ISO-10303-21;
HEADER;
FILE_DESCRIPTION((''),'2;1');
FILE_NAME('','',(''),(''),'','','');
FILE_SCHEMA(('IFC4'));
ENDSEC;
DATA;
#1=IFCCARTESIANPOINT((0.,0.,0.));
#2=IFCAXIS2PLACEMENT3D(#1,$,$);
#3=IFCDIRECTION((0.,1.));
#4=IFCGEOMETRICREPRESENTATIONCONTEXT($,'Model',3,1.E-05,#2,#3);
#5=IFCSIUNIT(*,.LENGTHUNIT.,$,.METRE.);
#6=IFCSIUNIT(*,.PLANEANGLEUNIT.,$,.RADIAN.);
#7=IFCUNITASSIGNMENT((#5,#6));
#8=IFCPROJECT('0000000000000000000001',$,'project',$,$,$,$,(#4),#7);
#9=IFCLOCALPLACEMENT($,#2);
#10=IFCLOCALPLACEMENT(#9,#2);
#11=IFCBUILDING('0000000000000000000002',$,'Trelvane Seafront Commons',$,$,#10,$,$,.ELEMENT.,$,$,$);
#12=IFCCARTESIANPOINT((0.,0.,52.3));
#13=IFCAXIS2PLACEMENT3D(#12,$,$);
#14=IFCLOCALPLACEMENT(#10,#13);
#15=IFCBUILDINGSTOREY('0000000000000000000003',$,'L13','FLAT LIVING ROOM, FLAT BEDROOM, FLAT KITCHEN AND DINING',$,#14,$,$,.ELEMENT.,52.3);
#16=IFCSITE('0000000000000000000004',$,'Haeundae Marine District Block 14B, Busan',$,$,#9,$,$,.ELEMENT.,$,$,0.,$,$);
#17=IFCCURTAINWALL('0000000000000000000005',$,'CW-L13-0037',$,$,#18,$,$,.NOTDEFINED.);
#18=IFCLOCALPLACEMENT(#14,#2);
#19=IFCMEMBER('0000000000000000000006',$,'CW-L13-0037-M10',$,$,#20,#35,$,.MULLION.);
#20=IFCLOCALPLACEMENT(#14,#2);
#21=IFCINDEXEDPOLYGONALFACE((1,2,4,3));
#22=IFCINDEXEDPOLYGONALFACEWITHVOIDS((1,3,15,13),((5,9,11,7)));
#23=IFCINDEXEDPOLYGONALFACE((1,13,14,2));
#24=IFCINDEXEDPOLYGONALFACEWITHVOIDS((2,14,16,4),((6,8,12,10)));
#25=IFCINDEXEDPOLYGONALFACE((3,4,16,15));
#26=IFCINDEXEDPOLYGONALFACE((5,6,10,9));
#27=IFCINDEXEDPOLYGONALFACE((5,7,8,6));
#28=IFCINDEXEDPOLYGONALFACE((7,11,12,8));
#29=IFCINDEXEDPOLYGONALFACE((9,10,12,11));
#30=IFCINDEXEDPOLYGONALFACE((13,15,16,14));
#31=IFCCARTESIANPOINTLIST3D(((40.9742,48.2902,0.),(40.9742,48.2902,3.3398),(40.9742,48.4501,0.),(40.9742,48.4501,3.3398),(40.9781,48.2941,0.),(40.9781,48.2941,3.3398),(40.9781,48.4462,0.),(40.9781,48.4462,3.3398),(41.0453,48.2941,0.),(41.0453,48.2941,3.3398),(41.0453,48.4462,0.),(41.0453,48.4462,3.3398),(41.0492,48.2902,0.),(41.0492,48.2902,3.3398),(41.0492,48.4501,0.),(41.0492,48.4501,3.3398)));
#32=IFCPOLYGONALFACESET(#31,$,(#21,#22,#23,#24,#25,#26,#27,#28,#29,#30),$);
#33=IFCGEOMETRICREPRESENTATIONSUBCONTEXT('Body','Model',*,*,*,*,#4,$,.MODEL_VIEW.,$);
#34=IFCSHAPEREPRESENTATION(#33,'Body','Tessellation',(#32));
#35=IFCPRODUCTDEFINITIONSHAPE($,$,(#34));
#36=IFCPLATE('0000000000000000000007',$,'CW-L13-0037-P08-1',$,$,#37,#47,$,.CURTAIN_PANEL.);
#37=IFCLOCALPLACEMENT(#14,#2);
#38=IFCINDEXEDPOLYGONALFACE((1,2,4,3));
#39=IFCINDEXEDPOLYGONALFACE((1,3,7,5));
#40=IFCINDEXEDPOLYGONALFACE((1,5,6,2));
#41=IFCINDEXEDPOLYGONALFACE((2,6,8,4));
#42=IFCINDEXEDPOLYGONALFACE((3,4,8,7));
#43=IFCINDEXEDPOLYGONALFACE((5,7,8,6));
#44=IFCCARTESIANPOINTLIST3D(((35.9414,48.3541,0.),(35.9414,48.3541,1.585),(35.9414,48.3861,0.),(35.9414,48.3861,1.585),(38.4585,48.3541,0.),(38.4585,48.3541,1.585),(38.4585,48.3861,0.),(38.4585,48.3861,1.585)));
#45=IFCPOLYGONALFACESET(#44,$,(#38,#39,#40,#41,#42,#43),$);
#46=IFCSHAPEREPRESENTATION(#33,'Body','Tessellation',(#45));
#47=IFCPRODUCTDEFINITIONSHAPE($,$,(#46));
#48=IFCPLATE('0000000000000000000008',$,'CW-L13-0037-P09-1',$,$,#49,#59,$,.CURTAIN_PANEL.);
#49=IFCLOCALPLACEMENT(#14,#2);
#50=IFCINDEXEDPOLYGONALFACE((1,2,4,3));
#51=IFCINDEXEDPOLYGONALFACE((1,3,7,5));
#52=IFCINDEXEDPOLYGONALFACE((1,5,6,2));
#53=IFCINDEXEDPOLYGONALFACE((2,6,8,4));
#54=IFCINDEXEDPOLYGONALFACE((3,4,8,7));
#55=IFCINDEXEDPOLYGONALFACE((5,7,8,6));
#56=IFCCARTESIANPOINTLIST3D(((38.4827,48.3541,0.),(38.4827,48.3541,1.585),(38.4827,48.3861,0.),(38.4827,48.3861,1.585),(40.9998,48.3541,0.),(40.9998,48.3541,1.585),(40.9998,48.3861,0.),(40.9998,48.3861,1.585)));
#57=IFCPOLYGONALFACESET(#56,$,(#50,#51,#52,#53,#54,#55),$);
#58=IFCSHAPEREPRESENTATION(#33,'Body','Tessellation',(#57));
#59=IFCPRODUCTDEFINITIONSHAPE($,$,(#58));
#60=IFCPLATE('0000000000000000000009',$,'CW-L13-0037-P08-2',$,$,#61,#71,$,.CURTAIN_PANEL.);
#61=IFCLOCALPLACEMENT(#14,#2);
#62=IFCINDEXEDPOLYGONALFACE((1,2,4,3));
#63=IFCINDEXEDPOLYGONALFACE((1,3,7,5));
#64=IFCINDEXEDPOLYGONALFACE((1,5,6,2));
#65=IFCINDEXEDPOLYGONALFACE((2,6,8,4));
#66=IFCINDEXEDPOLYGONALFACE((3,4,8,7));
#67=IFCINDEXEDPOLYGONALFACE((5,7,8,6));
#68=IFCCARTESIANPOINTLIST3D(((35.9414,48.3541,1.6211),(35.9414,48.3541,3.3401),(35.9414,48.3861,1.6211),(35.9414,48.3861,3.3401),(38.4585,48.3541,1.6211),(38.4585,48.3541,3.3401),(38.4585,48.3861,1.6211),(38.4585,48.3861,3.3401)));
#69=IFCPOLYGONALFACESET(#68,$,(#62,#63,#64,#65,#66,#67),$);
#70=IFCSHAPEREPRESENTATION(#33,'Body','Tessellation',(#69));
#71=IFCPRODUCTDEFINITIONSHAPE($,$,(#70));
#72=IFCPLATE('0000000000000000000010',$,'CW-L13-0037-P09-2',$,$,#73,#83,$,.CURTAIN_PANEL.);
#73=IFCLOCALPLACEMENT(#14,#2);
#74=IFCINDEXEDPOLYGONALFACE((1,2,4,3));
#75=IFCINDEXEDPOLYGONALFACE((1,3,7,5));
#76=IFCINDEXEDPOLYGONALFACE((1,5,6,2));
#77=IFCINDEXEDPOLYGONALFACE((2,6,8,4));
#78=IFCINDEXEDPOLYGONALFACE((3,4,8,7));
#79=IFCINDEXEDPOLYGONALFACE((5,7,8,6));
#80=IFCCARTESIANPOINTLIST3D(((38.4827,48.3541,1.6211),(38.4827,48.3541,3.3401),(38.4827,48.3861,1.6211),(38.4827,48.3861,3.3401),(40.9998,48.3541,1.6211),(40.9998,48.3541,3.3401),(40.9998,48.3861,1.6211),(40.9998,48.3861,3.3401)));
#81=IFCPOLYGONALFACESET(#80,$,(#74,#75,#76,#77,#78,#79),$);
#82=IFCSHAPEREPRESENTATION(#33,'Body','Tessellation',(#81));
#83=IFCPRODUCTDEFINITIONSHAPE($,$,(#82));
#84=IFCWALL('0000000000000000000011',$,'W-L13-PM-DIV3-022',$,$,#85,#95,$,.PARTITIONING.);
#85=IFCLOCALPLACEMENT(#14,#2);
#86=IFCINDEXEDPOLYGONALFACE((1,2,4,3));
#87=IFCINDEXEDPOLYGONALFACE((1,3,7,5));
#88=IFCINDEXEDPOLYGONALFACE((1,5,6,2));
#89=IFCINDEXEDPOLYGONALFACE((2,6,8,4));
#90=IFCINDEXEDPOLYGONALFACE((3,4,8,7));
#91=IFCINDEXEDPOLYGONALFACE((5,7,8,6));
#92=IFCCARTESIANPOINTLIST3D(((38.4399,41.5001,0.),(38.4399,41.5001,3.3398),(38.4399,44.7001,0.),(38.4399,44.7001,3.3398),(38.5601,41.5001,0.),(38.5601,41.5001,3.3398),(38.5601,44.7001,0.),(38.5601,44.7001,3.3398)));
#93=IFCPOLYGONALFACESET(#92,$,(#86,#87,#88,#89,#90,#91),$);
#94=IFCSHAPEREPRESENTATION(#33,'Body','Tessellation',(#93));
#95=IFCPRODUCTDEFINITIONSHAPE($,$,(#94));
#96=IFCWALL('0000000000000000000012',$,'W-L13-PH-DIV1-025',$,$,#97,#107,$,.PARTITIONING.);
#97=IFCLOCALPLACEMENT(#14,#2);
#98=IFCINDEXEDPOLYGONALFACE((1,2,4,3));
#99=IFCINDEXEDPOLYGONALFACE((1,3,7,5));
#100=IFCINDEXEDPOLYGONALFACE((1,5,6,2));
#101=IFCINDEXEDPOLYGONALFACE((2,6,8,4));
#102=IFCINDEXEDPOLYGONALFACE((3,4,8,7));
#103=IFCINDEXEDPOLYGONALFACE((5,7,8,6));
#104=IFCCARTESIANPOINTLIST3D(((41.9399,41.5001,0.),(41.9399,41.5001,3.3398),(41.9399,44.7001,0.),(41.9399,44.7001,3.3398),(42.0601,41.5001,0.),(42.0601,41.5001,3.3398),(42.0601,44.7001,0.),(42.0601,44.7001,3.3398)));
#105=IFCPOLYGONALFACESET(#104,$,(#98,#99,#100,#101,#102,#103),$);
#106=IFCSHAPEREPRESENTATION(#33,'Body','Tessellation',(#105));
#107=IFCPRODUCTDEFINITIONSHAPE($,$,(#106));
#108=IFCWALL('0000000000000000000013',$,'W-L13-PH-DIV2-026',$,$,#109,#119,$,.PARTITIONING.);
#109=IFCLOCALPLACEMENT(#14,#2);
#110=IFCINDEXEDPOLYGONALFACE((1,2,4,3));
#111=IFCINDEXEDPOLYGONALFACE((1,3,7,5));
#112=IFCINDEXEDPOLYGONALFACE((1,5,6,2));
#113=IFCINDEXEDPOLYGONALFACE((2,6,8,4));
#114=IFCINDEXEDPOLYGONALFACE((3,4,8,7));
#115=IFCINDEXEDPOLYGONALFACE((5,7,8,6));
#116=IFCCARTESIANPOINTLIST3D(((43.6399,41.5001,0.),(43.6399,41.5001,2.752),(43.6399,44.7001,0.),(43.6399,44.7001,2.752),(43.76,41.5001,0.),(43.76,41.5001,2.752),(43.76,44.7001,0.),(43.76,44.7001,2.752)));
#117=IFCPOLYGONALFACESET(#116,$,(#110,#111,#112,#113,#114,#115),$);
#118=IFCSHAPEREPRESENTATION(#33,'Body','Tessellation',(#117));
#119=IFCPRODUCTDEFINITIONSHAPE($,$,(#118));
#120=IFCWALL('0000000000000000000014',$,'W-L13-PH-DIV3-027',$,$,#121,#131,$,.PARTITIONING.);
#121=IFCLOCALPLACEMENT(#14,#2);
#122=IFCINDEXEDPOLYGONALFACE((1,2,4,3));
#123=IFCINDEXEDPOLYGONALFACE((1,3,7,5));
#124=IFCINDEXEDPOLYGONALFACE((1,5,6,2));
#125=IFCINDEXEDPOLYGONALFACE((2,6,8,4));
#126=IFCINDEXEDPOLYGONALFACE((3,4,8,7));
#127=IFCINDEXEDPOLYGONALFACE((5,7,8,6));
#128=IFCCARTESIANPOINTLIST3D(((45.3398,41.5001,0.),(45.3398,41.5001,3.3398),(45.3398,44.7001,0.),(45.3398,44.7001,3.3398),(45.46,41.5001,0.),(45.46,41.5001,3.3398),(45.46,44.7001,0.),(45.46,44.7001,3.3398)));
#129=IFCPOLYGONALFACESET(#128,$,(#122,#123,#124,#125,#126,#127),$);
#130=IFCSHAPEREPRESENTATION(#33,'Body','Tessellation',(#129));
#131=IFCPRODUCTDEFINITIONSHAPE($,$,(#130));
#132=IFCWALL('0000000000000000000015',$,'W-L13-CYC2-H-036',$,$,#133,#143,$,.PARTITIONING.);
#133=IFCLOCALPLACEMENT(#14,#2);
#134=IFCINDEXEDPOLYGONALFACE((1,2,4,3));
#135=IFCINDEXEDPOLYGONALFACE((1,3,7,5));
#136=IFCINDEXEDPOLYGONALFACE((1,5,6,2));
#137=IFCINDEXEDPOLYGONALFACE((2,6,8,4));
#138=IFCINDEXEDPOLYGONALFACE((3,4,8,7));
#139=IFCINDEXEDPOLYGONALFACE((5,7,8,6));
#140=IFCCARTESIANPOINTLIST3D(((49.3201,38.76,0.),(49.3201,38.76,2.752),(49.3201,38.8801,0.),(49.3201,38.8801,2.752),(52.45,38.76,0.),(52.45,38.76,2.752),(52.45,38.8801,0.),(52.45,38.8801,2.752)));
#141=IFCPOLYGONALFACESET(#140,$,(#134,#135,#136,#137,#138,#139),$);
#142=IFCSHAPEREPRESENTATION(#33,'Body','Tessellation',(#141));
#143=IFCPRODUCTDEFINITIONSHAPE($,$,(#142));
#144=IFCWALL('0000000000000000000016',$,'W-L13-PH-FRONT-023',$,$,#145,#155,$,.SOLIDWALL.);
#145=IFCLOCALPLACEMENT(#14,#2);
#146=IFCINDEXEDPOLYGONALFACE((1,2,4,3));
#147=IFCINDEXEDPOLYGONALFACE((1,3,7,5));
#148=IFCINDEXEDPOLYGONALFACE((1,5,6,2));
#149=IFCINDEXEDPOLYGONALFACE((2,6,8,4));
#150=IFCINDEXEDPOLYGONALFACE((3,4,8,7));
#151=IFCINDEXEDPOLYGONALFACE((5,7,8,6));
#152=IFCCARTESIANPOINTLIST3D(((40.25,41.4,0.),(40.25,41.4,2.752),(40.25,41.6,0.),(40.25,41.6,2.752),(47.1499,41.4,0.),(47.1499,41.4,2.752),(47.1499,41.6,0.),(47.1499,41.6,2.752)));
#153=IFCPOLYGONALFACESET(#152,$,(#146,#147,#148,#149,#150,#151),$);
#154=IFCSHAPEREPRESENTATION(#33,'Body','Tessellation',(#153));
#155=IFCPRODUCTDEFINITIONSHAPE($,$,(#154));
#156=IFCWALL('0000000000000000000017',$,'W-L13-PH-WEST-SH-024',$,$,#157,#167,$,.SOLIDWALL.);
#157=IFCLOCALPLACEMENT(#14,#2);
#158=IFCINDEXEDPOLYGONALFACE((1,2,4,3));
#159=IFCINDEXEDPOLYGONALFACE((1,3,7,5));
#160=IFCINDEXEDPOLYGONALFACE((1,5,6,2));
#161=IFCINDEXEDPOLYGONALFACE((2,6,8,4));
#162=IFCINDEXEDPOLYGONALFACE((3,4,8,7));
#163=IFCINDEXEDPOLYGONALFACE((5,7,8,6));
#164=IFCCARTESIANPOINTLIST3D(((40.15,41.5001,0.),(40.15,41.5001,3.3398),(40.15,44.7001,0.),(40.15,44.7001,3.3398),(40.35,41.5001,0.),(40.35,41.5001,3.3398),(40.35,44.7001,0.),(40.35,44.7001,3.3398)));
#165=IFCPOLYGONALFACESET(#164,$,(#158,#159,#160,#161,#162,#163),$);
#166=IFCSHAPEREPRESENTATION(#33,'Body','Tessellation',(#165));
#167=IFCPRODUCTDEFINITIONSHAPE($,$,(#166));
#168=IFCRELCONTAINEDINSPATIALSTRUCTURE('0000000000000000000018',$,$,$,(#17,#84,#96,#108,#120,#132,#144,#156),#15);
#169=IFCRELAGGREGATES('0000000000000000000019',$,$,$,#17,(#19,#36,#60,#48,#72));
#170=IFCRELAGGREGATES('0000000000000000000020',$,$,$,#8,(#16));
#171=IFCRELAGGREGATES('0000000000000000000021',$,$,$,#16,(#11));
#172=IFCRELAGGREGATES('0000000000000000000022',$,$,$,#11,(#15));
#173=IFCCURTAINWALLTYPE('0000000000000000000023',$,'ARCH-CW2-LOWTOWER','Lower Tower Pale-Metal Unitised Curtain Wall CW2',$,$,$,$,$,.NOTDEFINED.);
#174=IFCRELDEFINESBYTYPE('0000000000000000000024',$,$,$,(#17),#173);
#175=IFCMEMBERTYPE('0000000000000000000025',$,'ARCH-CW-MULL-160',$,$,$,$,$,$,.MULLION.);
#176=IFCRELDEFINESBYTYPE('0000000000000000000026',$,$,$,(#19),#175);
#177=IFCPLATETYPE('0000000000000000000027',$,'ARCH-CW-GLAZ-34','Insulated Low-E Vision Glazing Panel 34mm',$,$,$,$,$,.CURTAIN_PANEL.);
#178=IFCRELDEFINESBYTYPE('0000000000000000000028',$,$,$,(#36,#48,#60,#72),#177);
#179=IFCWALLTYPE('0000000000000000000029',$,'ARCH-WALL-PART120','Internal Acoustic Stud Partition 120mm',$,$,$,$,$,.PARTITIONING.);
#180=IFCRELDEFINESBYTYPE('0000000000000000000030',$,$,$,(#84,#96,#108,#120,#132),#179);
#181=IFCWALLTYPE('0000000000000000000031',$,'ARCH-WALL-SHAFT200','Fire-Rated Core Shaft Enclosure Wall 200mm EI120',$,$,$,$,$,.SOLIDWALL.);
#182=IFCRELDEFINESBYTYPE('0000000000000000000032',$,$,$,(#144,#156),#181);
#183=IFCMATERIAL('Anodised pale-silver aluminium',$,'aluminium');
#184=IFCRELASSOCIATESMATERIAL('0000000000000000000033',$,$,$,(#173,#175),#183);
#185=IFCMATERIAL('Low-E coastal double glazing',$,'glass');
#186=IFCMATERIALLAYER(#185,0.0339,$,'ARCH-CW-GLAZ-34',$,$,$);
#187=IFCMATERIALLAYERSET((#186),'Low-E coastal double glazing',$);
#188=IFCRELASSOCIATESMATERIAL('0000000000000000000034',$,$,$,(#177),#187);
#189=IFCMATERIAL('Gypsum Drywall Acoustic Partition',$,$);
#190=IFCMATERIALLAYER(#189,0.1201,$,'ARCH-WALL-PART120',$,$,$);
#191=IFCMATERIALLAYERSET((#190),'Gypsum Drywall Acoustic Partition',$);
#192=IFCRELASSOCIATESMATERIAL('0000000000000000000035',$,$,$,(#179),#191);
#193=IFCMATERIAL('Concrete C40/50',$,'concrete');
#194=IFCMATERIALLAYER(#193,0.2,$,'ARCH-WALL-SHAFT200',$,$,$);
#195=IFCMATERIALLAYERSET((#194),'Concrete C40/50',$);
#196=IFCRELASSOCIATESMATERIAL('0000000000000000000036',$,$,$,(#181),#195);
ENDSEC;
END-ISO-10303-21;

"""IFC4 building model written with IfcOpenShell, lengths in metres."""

from ifc_helpers import new_model, si_unit, direction, frame, frame_2d, origin, origin_2d, place, context, subcontext, project, spatial, rectangle, hollow_rectangle, extrude, source, transform, mapped, material, layer, layer_set, material_profile, profile_set, type_object, element, aggregate, save


model = new_model("IFC4")

# Units and contexts
model_context = context("Model", 3, precision=1e-05, world=origin(), true_north=direction((0.0, 1.0)))
body_context = subcontext(model_context, "Body", "Model", "MODEL_VIEW")
ifc_project = project(units=[si_unit("LENGTHUNIT", "METRE"), si_unit("PLANEANGLEUNIT", "RADIAN")], contexts=[model_context])

# Site, building, storey
site_placement = place(None, origin())
site = spatial("IfcSite", under=ifc_project, at=site_placement, Name="Haeundae Marine District Block 14B, Busan", CompositionType="ELEMENT", RefElevation=0.0)
building_placement = place(site_placement, origin())
building = spatial("IfcBuilding", under=site, at=building_placement, Name="Trelvane Seafront Commons", CompositionType="ELEMENT")
storey_placement = place(building_placement, frame((0.0, 0.0, 52.3)))
storey = spatial("IfcBuildingStorey", under=building, at=storey_placement, Name="L13", Description="FLAT LIVING ROOM, FLAT BEDROOM, FLAT KITCHEN AND DINING", CompositionType="ELEMENT", Elevation=52.3)

# Curtain wall, member, plates
ifc_material_1 = material(Name="Anodised pale-silver aluminium", Category="aluminium")
curtain_wall_type = type_object("IfcCurtainWallType", Name="ARCH-CW2-LOWTOWER", Description="Lower Tower Pale-Metal Unitised Curtain Wall CW2", PredefinedType="NOTDEFINED", material=ifc_material_1)
curtain_wall_placement = place(storey_placement, origin())
curtain_wall = element("IfcCurtainWall", 1, at=curtain_wall_placement, inside=storey, type_object=curtain_wall_type, Name="CW-L13-0037", PredefinedType="NOTDEFINED")
ifc_material_profile_1 = material_profile(ifc_material_1, hollow_rectangle(XDim=0.075, YDim=0.1599, WallThickness=0.0039, at=origin_2d()), Name="MULL-75x160x4")
ifc_profile_set_1 = profile_set([ifc_material_profile_1], Name="Anodised pale-silver aluminium")
member_type_1 = type_object("IfcMemberType", Name="ARCH-CW-MULL-160", PredefinedType="MULLION", material=ifc_profile_set_1)
shared_shape_1 = source(origin(), body_context, "Body", "SweptSolid", [
    extrude(hollow_rectangle(XDim=0.075, YDim=0.1599, WallThickness=0.0039, at=origin_2d()), origin(), (0.0, 0.0, 1.0), 3.3398),
])
member_1_placement = place(storey_placement, frame((41.0117, 48.3701, 0.0), z_axis=(0.0, 0.0, 1.0), x_axis=(1.0, 0.0, 0.0)))
member_1 = element("IfcMember", 2, at=member_1_placement, type_object=member_type_1, Name="CW-L13-0037-M10", PredefinedType="MULLION", context=body_context, shape_type="MappedRepresentation", body=[
    mapped(shared_shape_1, transform((0.0, 0.0, 0.0), x_axis=(1.0, 0.0, 0.0), y_axis=(0.0, 1.0, 0.0), z_axis=(0.0, 0.0, 1.0), scale=1.0)),
])
ifc_material_2 = material(Name="Low-E coastal double glazing", Category="glass")
ifc_layer_1 = layer(ifc_material_2, 0.0339, Name="ARCH-CW-GLAZ-34")
ifc_layer_set_1 = layer_set([ifc_layer_1], Name="Low-E coastal double glazing")
plate_type = type_object("IfcPlateType", Name="ARCH-CW-GLAZ-34", Description="Insulated Low-E Vision Glazing Panel 34mm", PredefinedType="CURTAIN_PANEL", material=ifc_layer_set_1)
shared_shape_2 = source(origin(), body_context, "Body", "SweptSolid", [
    extrude(rectangle(XDim=2.5171, YDim=0.032, at=origin_2d()), origin(), (0.0, 0.0, 1.0), 1.585),
])
plate_1_placement = place(storey_placement, frame((37.2, 48.3701, 0.0), z_axis=(0.0, 0.0, 1.0), x_axis=(1.0, 0.0, 0.0)))
plate_1 = element("IfcPlate", 3, at=plate_1_placement, type_object=plate_type, Name="CW-L13-0037-P08-1", PredefinedType="CURTAIN_PANEL", context=body_context, shape_type="MappedRepresentation", body=[
    mapped(shared_shape_2, transform((0.0, 0.0, 0.0), x_axis=(1.0, 0.0, 0.0), y_axis=(0.0, 1.0, 0.0), z_axis=(0.0, 0.0, 1.0), scale=1.0)),
])
plate_2_placement = place(storey_placement, frame((39.7412, 48.3701, 0.0), z_axis=(0.0, 0.0, 1.0), x_axis=(1.0, 0.0, 0.0)))
plate_2 = element("IfcPlate", 4, at=plate_2_placement, type_object=plate_type, Name="CW-L13-0037-P09-1", PredefinedType="CURTAIN_PANEL", context=body_context, shape_type="MappedRepresentation", body=[
    mapped(shared_shape_2, transform((0.0, 0.0, 0.0), x_axis=(1.0, 0.0, 0.0), y_axis=(0.0, 1.0, 0.0), z_axis=(0.0, 0.0, 1.0), scale=1.0)),
])
shared_shape_3 = source(origin(), body_context, "Body", "SweptSolid", [
    extrude(rectangle(XDim=2.5171, YDim=0.032, at=origin_2d()), origin(), (0.0, 0.0, 1.0), 1.719),
])
plate_3_placement = place(storey_placement, frame((37.2, 48.3701, 1.6211), z_axis=(0.0, 0.0, 1.0), x_axis=(1.0, 0.0, 0.0)))
plate_3 = element("IfcPlate", 5, at=plate_3_placement, type_object=plate_type, Name="CW-L13-0037-P08-2", PredefinedType="CURTAIN_PANEL", context=body_context, shape_type="MappedRepresentation", body=[
    mapped(shared_shape_3, transform((0.0, 0.0, 0.0), x_axis=(1.0, 0.0, 0.0), y_axis=(0.0, 1.0, 0.0), z_axis=(0.0, 0.0, 1.0), scale=1.0)),
])
plate_4_placement = place(storey_placement, frame((39.7412, 48.3701, 1.6211), z_axis=(0.0, 0.0, 1.0), x_axis=(1.0, 0.0, 0.0)))
plate_4 = element("IfcPlate", 6, at=plate_4_placement, type_object=plate_type, Name="CW-L13-0037-P09-2", PredefinedType="CURTAIN_PANEL", context=body_context, shape_type="MappedRepresentation", body=[
    mapped(shared_shape_3, transform((0.0, 0.0, 0.0), x_axis=(1.0, 0.0, 0.0), y_axis=(0.0, 1.0, 0.0), z_axis=(0.0, 0.0, 1.0), scale=1.0)),
])
aggregate(curtain_wall, [member_1, plate_1, plate_3, plate_2, plate_4])

# Walls
ifc_material_3 = material(Name="Gypsum Drywall Acoustic Partition")
ifc_layer_2 = layer(ifc_material_3, 0.1201, Name="ARCH-WALL-PART120")
ifc_layer_set_2 = layer_set([ifc_layer_2], Name="Gypsum Drywall Acoustic Partition")
wall_type_1 = type_object("IfcWallType", Name="ARCH-WALL-PART120", Description="Internal Acoustic Stud Partition 120mm", PredefinedType="PARTITIONING", material=ifc_layer_set_2)
for number, where, z_axis, x_axis, name in (
    (7, (38.5, 41.5, 0.0), (0.0, 0.0, 1.0), (0.0, 1.0, 0.0), "W-L13-PM-DIV3-022"),
    (8, (42.0, 41.5, 0.0), (0.0, 0.0, 1.0), (0.0, 1.0, 0.0), "W-L13-PH-DIV1-025"),
):
    element("IfcWall", number, at=place(storey_placement, frame(where, z_axis=z_axis, x_axis=x_axis)), inside=storey, type_object=wall_type_1, Name=name, PredefinedType="PARTITIONING", context=body_context, shape_type="SweptSolid", body=[
        extrude(rectangle(XDim=3.2, YDim=0.1201, at=frame_2d((1.6001, 0.0))), origin(), (0.0, 0.0, 1.0), 3.3398),
    ])
wall_1_placement = place(storey_placement, frame((43.7, 41.5, 0.0), z_axis=(0.0, 0.0, 1.0), x_axis=(0.0, 1.0, 0.0)))
element("IfcWall", 9, at=wall_1_placement, inside=storey, type_object=wall_type_1, Name="W-L13-PH-DIV2-026", PredefinedType="PARTITIONING", context=body_context, shape_type="SweptSolid", body=[
    extrude(rectangle(XDim=3.2, YDim=0.1201, at=frame_2d((1.6001, 0.0))), origin(), (0.0, 0.0, 1.0), 2.752),
])
wall_2_placement = place(storey_placement, frame((45.3999, 41.5, 0.0), z_axis=(0.0, 0.0, 1.0), x_axis=(0.0, 1.0, 0.0)))
element("IfcWall", 10, at=wall_2_placement, inside=storey, type_object=wall_type_1, Name="W-L13-PH-DIV3-027", PredefinedType="PARTITIONING", context=body_context, shape_type="SweptSolid", body=[
    extrude(rectangle(XDim=3.2, YDim=0.1201, at=frame_2d((1.6001, 0.0))), origin(), (0.0, 0.0, 1.0), 3.3398),
])
wall_3_placement = place(storey_placement, frame((49.3201, 38.8201, 0.0), z_axis=(0.0, 0.0, 1.0), x_axis=(1.0, 0.0, 0.0)))
element("IfcWall", 11, at=wall_3_placement, inside=storey, type_object=wall_type_1, Name="W-L13-CYC2-H-036", PredefinedType="PARTITIONING", context=body_context, shape_type="SweptSolid", body=[
    extrude(rectangle(XDim=3.1299, YDim=0.1201, at=frame_2d((1.5649, 0.0))), origin(), (0.0, 0.0, 1.0), 2.752),
])

# Walls
ifc_material_4 = material(Name="Concrete C40/50", Category="concrete")
ifc_layer_3 = layer(ifc_material_4, 0.2, Name="ARCH-WALL-SHAFT200")
ifc_layer_set_3 = layer_set([ifc_layer_3], Name="Concrete C40/50")
wall_type_2 = type_object("IfcWallType", Name="ARCH-WALL-SHAFT200", Description="Fire-Rated Core Shaft Enclosure Wall 200mm EI120", PredefinedType="SOLIDWALL", material=ifc_layer_set_3)
wall_4_placement = place(storey_placement, frame((40.25, 41.5, 0.0), z_axis=(0.0, 0.0, 1.0), x_axis=(1.0, 0.0, 0.0)))
element("IfcWall", 12, at=wall_4_placement, inside=storey, type_object=wall_type_2, Name="W-L13-PH-FRONT-023", PredefinedType="SOLIDWALL", context=body_context, shape_type="SweptSolid", body=[
    extrude(rectangle(XDim=6.8999, YDim=0.2, at=frame_2d((3.45, 0.0))), origin(), (0.0, 0.0, 1.0), 2.752),
])
wall_5_placement = place(storey_placement, frame((40.25, 41.5, 0.0), z_axis=(0.0, 0.0, 1.0), x_axis=(0.0, 1.0, 0.0)))
element("IfcWall", 13, at=wall_5_placement, inside=storey, type_object=wall_type_2, Name="W-L13-PH-WEST-SH-024", PredefinedType="SOLIDWALL", context=body_context, shape_type="SweptSolid", body=[
    extrude(rectangle(XDim=3.2, YDim=0.2, at=frame_2d((1.6001, 0.0))), origin(), (0.0, 0.0, 1.0), 3.3398),
])

save(model, "model.ifc")
